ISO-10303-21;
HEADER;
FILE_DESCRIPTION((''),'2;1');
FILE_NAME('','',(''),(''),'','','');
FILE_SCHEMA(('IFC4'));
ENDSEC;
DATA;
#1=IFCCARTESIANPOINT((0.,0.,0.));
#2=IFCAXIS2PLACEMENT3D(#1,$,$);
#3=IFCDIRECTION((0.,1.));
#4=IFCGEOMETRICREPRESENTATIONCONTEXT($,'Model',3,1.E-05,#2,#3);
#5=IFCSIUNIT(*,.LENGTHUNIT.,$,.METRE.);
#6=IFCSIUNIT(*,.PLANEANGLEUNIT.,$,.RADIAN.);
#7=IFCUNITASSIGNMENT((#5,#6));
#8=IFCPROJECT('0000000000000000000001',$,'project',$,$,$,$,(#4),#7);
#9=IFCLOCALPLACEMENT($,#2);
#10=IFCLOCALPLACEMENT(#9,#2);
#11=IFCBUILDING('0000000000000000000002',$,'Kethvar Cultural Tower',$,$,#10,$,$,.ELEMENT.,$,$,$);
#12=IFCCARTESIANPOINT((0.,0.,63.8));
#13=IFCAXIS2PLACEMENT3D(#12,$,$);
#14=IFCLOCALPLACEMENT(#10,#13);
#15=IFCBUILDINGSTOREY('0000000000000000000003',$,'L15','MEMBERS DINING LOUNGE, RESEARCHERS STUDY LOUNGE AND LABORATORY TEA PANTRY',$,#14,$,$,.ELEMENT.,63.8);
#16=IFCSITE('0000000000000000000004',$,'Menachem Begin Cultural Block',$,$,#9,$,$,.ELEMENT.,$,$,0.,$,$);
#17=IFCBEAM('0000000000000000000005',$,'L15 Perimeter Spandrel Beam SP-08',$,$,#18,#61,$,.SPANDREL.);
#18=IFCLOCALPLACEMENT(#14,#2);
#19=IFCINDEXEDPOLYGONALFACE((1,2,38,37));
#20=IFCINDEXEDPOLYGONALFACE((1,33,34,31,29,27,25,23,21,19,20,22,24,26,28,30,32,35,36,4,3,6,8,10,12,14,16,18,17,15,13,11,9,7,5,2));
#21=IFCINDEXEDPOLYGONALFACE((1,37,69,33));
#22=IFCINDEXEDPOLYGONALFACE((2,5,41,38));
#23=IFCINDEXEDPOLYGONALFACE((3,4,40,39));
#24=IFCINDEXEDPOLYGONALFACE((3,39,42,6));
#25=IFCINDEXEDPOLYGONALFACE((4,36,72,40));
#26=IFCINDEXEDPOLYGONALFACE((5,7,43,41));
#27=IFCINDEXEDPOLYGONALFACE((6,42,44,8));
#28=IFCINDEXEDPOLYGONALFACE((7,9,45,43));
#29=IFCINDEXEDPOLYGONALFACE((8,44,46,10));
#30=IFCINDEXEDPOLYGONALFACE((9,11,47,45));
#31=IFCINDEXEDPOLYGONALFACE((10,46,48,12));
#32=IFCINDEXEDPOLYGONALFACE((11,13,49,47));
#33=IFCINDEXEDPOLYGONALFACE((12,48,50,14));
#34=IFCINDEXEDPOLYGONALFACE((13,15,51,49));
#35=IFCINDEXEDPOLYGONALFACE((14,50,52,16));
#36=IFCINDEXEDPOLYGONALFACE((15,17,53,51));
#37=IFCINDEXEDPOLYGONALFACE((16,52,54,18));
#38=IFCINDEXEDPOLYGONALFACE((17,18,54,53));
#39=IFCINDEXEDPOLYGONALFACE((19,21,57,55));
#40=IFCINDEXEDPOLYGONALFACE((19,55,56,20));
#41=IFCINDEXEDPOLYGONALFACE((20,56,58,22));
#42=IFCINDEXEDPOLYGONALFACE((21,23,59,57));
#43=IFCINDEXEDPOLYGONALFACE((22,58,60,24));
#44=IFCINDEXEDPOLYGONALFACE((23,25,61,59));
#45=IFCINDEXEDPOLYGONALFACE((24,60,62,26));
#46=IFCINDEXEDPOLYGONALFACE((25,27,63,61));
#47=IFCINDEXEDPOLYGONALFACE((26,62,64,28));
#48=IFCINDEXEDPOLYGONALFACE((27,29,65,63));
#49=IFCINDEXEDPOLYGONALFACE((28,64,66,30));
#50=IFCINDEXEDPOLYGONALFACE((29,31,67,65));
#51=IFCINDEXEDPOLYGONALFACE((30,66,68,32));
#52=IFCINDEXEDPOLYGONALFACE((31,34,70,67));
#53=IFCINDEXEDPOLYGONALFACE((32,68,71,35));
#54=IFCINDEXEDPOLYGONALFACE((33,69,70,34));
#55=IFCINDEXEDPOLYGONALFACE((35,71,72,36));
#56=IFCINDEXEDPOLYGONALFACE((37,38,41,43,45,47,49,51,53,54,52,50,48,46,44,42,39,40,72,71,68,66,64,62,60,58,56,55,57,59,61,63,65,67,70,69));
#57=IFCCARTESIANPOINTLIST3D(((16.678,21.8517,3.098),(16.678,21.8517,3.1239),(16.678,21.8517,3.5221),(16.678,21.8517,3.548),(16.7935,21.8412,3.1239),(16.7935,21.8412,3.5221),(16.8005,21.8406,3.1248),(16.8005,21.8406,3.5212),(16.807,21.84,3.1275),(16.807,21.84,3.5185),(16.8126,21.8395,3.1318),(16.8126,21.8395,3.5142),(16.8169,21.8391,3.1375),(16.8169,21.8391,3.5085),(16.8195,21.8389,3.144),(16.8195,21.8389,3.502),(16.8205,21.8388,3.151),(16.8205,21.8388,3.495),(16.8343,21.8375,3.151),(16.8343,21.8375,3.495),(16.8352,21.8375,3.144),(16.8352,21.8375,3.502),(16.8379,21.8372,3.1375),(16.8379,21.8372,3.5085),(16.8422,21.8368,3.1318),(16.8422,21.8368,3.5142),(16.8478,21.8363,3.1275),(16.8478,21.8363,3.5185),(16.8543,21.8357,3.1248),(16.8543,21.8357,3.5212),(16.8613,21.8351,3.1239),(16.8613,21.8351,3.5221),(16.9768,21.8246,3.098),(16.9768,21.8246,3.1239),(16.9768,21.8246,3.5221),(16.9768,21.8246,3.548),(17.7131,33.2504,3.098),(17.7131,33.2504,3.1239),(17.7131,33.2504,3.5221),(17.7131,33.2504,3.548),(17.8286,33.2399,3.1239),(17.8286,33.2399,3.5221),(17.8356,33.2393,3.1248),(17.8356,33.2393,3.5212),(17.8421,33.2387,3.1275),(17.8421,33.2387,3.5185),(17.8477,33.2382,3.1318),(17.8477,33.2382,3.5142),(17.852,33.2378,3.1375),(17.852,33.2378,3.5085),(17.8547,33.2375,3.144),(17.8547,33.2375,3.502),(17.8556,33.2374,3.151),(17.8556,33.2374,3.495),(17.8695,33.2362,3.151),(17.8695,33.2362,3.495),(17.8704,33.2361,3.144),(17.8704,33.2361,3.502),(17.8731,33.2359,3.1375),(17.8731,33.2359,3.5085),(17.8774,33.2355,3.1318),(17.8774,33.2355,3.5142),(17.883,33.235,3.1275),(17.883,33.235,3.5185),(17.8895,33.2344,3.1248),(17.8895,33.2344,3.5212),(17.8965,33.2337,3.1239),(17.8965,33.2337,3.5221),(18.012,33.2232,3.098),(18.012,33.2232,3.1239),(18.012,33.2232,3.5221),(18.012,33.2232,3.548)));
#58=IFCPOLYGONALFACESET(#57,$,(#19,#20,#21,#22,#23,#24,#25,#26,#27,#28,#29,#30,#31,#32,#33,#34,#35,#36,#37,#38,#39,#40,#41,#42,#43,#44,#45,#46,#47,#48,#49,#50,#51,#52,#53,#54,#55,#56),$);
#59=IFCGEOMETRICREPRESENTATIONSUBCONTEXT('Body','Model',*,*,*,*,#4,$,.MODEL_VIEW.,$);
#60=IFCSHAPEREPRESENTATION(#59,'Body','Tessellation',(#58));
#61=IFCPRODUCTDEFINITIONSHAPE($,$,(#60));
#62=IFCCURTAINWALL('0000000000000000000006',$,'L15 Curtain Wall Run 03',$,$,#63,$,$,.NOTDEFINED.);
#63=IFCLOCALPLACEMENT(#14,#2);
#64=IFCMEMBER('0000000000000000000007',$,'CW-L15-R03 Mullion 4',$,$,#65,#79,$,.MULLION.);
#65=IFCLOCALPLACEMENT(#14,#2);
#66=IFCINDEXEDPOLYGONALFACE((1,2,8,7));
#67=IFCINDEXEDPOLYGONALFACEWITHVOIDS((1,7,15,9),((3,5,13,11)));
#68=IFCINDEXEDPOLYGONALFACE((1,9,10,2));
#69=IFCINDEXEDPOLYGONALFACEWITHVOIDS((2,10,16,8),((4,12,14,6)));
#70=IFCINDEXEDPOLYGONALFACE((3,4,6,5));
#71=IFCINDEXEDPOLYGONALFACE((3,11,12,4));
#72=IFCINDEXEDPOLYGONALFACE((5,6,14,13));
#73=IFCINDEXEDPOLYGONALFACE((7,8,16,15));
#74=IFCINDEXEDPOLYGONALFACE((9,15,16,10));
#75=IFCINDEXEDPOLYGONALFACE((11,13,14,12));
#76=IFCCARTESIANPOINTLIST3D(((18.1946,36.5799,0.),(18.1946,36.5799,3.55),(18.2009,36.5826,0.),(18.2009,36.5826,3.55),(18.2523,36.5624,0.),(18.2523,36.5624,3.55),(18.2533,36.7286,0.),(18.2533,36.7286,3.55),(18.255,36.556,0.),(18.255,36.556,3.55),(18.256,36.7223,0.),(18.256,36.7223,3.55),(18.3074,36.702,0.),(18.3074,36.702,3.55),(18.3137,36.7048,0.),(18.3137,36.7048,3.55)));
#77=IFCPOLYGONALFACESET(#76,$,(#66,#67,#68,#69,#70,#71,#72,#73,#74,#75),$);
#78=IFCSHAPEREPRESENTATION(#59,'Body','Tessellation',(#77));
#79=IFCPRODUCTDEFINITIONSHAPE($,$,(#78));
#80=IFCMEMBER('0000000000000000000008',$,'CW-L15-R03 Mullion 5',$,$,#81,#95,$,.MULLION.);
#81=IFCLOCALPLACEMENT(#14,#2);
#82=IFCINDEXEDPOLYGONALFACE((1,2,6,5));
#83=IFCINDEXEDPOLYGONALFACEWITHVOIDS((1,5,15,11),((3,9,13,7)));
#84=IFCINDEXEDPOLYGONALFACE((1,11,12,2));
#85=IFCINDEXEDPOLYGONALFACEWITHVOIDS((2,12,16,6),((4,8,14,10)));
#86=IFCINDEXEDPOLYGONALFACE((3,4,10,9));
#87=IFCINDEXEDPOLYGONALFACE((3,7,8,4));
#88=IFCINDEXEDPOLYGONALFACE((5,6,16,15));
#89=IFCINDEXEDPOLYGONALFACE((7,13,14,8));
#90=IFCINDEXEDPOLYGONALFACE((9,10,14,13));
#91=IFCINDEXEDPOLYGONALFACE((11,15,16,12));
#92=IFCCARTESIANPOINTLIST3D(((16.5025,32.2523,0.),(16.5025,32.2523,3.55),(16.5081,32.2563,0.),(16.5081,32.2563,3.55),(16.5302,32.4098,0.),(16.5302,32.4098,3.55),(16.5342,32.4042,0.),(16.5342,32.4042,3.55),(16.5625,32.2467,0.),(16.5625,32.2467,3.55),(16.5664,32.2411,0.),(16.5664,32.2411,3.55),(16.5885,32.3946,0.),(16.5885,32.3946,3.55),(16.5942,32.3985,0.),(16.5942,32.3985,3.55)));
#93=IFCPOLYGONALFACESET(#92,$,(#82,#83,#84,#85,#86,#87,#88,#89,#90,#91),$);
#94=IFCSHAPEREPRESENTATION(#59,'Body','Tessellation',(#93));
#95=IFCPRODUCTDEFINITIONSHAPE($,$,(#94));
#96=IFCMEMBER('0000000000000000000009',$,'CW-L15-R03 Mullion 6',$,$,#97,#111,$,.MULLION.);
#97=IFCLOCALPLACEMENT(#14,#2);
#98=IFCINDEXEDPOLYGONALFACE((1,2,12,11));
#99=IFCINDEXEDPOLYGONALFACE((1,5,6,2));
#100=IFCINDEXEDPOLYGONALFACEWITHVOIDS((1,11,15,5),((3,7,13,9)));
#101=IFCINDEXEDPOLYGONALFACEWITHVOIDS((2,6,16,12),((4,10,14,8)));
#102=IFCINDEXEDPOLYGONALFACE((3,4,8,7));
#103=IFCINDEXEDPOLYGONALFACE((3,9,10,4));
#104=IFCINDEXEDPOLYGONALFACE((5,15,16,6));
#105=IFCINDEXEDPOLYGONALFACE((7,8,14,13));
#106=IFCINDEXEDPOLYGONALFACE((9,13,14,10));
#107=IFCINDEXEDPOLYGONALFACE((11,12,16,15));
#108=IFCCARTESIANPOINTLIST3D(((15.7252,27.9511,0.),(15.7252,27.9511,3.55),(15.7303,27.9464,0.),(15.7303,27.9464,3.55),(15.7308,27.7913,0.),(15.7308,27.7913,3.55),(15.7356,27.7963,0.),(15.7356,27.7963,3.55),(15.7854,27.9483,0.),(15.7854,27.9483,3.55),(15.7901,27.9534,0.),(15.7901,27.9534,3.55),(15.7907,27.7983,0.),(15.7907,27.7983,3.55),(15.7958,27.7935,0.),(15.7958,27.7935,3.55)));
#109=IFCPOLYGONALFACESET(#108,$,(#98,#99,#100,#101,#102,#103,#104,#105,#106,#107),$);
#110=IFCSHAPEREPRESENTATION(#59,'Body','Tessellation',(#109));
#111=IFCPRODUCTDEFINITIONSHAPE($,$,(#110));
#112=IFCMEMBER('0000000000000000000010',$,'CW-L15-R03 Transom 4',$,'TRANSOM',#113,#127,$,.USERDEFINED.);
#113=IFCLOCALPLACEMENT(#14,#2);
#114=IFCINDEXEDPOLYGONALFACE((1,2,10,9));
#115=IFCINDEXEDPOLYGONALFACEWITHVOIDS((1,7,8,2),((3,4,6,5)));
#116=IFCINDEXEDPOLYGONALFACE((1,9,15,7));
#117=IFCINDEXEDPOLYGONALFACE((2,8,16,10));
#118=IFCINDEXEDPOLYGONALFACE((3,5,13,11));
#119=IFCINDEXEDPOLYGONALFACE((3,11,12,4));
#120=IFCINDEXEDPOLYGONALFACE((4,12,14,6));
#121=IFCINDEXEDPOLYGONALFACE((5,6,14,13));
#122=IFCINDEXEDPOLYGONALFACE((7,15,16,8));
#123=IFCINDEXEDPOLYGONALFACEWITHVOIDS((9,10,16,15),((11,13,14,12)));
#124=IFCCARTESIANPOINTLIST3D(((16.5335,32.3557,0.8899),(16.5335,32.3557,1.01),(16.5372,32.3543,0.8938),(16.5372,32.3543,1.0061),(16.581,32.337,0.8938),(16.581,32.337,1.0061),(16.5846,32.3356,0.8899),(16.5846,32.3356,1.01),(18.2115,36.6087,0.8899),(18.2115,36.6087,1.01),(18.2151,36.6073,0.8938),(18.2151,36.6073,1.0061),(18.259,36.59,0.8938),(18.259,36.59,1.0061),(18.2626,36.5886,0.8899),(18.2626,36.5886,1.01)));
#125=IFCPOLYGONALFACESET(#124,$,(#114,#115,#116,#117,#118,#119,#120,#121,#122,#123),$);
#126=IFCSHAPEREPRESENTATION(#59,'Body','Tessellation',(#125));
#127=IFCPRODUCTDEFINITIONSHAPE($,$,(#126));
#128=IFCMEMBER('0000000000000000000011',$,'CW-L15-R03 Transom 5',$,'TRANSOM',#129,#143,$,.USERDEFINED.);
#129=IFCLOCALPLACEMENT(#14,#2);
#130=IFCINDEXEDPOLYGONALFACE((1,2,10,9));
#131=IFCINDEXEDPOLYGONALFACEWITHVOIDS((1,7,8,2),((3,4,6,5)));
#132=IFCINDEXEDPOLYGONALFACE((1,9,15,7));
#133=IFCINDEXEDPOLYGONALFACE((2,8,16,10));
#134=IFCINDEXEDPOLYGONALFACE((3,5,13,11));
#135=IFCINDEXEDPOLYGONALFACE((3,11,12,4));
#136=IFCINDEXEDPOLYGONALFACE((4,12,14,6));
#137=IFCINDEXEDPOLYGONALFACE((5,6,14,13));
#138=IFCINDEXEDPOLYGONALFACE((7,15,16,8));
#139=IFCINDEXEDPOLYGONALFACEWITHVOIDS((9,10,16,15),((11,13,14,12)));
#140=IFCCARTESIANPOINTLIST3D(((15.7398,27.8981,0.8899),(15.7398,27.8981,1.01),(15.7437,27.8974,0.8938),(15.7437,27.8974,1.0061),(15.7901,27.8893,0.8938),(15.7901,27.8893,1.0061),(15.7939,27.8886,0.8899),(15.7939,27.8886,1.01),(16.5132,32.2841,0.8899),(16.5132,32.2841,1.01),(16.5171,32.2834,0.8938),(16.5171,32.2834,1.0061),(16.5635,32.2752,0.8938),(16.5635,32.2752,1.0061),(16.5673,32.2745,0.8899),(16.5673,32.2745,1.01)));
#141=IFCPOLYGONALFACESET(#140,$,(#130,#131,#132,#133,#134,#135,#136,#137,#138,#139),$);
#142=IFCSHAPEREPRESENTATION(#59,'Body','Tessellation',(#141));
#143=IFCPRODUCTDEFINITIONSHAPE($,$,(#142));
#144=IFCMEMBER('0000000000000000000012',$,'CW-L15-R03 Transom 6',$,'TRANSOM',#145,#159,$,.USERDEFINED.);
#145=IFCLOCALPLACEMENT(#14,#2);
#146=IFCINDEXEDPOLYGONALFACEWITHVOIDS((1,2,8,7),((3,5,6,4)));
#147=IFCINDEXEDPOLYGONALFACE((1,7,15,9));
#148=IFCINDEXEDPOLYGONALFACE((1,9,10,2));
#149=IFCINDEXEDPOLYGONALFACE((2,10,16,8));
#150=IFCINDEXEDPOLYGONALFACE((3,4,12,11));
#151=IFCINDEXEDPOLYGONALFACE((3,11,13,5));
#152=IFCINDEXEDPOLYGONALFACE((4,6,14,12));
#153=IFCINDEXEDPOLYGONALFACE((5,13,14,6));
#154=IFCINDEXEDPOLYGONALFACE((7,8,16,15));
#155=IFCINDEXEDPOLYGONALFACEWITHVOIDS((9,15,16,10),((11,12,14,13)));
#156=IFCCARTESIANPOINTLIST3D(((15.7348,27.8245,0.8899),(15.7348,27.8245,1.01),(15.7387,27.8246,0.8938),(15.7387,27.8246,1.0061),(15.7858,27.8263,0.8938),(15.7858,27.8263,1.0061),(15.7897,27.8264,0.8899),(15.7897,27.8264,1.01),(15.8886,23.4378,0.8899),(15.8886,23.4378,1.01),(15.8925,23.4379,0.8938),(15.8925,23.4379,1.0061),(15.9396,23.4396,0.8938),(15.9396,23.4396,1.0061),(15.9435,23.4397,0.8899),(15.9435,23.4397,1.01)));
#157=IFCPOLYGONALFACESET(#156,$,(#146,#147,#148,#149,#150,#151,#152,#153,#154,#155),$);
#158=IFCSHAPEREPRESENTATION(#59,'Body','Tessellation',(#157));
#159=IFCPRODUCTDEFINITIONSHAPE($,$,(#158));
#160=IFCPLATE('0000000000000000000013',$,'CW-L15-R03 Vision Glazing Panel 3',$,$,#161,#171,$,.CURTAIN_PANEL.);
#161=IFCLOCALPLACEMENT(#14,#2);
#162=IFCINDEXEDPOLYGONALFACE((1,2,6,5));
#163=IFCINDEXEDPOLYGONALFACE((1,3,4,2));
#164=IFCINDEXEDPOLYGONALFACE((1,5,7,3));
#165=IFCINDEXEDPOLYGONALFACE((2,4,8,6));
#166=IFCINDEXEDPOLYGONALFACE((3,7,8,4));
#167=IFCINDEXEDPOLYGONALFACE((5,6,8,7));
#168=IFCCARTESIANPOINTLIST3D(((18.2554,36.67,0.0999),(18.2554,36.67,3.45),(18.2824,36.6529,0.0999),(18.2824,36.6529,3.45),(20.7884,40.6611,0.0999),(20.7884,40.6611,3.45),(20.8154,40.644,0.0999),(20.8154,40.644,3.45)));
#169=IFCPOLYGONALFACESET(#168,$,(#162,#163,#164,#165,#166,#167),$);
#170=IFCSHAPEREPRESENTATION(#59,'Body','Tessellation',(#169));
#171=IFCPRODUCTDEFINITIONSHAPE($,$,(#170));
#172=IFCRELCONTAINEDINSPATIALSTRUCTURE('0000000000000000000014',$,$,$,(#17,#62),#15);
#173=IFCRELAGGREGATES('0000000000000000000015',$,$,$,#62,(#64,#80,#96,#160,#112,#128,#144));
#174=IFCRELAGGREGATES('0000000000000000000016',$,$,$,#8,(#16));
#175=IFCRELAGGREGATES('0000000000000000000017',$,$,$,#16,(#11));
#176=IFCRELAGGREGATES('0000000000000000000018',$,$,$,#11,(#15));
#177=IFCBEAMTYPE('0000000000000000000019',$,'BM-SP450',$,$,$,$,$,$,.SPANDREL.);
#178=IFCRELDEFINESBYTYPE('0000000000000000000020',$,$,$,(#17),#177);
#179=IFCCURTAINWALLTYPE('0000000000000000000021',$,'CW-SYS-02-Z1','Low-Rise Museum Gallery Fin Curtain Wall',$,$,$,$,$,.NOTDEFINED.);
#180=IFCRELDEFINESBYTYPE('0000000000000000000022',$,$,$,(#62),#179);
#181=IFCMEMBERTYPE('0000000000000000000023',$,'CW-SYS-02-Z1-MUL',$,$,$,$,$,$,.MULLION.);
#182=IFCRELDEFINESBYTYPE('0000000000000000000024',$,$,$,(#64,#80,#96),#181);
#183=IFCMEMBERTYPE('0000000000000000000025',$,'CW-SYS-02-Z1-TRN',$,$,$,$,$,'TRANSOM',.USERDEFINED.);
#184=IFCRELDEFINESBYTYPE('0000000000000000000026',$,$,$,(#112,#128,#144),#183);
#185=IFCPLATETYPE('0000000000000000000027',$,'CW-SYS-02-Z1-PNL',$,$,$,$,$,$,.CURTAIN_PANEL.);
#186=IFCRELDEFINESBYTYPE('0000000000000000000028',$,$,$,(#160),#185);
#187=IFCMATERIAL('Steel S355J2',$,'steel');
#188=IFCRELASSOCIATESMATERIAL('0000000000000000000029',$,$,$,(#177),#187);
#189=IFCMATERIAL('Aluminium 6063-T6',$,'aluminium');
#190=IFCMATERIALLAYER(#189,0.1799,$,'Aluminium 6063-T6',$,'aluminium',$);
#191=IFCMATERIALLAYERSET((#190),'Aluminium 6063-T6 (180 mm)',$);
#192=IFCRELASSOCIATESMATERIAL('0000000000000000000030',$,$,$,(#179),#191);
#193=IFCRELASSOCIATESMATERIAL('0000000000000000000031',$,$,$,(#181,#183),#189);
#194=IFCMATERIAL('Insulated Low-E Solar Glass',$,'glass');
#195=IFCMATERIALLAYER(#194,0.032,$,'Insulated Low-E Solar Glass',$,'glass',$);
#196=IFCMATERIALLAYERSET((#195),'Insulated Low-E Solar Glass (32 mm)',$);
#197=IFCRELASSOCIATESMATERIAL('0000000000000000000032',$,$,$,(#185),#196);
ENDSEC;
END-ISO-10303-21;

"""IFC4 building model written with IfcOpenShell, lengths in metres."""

from ifc_helpers import new_model, si_unit, direction, frame, origin, origin_2d, place, context, subcontext, project, spatial, rectangle, hollow_rectangle, i_section, extrude, source, transform, mapped, material, layer, layer_set, material_profile, profile_set, type_object, element, aggregate, save


model = new_model("IFC4")

# Units and contexts
model_context = context("Model", 3, precision=1e-05, world=origin(), true_north=direction((0.0, 1.0)))
body_context = subcontext(model_context, "Body", "Model", "MODEL_VIEW")
ifc_project = project(units=[si_unit("LENGTHUNIT", "METRE"), si_unit("PLANEANGLEUNIT", "RADIAN")], contexts=[model_context])

# Site, building, storey
site_placement = place(None, origin())
site = spatial("IfcSite", under=ifc_project, at=site_placement, Name="Menachem Begin Cultural Block", CompositionType="ELEMENT", RefElevation=0.0)
building_placement = place(site_placement, origin())
building = spatial("IfcBuilding", under=site, at=building_placement, Name="Kethvar Cultural Tower", CompositionType="ELEMENT")
storey_placement = place(building_placement, frame((0.0, 0.0, 63.8)))
storey = spatial("IfcBuildingStorey", under=building, at=storey_placement, Name="L15", Description="MEMBERS DINING LOUNGE, RESEARCHERS STUDY LOUNGE AND LABORATORY TEA PANTRY", CompositionType="ELEMENT", Elevation=63.8)

# Beam
ifc_material_1 = material(Name="Steel S355J2", Category="steel")
ifc_material_profile_1 = material_profile(ifc_material_1, i_section(OverallWidth=0.3, OverallDepth=0.45, WebThickness=0.0139, FlangeThickness=0.0259, FilletRadius=0.0271, at=origin_2d()), Name="Steel S355J2 — HEB450")
ifc_profile_set_1 = profile_set([ifc_material_profile_1], Name="Steel S355J2 — HEB450")
beam_type_1 = type_object("IfcBeamType", Name="BM-SP450", PredefinedType="SPANDREL", material=ifc_profile_set_1)
shared_shape_1 = source(origin(), body_context, "Body", "SweptSolid", [
    extrude(i_section(OverallWidth=0.3, OverallDepth=0.45, WebThickness=0.0139, FlangeThickness=0.0259, FilletRadius=0.0271, at=origin_2d()), origin(), (0.0, 0.0, 1.0), 11.4456),
])
beam_1_placement = place(storey_placement, frame((17.8625, 33.2368, 3.323), z_axis=(-0.090442, -0.995902, 0.0), x_axis=(0.995902, -0.090442, 0.0)))
element("IfcBeam", 1, at=beam_1_placement, inside=storey, type_object=beam_type_1, Name="L15 Perimeter Spandrel Beam SP-08", PredefinedType="SPANDREL", context=body_context, shape_type="MappedRepresentation", body=[
    mapped(shared_shape_1, transform((0.0, 0.0, 0.0), scale=1.0)),
])

# Curtain wall, members, plate
ifc_material_2 = material(Name="Aluminium 6063-T6", Category="aluminium")
ifc_layer_1 = layer(ifc_material_2, 0.1799, Name="Aluminium 6063-T6", Category="aluminium")
ifc_layer_set_1 = layer_set([ifc_layer_1], Name="Aluminium 6063-T6 (180 mm)")
curtain_wall_type = type_object("IfcCurtainWallType", Name="CW-SYS-02-Z1", Description="Low-Rise Museum Gallery Fin Curtain Wall", PredefinedType="NOTDEFINED", material=ifc_layer_set_1)
curtain_wall_placement = place(storey_placement, origin())
curtain_wall = element("IfcCurtainWall", 2, at=curtain_wall_placement, inside=storey, type_object=curtain_wall_type, Name="L15 Curtain Wall Run 03", PredefinedType="NOTDEFINED")
ifc_material_profile_2 = material_profile(ifc_material_2, hollow_rectangle(XDim=0.0649, YDim=0.1599, WallThickness=0.0049, at=origin_2d()), Name="Aluminium 6063-T6 — RHS160x65x5")
ifc_profile_set_2 = profile_set([ifc_material_profile_2], Name="Aluminium 6063-T6 — RHS160x65x5")
member_type_1 = type_object("IfcMemberType", Name="CW-SYS-02-Z1-MUL", PredefinedType="MULLION", material=ifc_profile_set_2)
shared_shape_2 = source(origin(), body_context, "Body", "SweptSolid", [
    extrude(hollow_rectangle(XDim=0.0649, YDim=0.1599, WallThickness=0.0049, at=origin_2d()), origin(), (0.0, 0.0, 1.0), 3.55),
])
member_1_placement = place(storey_placement, frame((18.2542, 36.6423, 0.0), z_axis=(0.0, 0.0, 1.0), x_axis=(0.930213, -0.367021, 0.0)))
member_1 = element("IfcMember", 3, at=member_1_placement, type_object=member_type_1, Name="CW-L15-R03 Mullion 4", PredefinedType="MULLION", context=body_context, shape_type="MappedRepresentation", body=[
    mapped(shared_shape_2, transform((0.0, 0.0, 0.0), scale=1.0)),
])
member_2_placement = place(storey_placement, frame((16.5483, 32.3254, 0.0), z_axis=(0.0, 0.0, 1.0), x_axis=(0.984805, -0.173665, 0.0)))
member_2 = element("IfcMember", 4, at=member_2_placement, type_object=member_type_1, Name="CW-L15-R03 Mullion 5", PredefinedType="MULLION", context=body_context, shape_type="MappedRepresentation", body=[
    mapped(shared_shape_2, transform((0.0, 0.0, 0.0), scale=1.0)),
])
member_3_placement = place(storey_placement, frame((15.7605, 27.8723, 0.0), z_axis=(0.0, 0.0, 1.0), x_axis=(0.999386, 0.035039, 0.0)))
member_3 = element("IfcMember", 5, at=member_3_placement, type_object=member_type_1, Name="CW-L15-R03 Mullion 6", PredefinedType="MULLION", context=body_context, shape_type="MappedRepresentation", body=[
    mapped(shared_shape_2, transform((0.0, 0.0, 0.0), scale=1.0)),
])
ifc_material_profile_3 = material_profile(ifc_material_2, hollow_rectangle(XDim=0.0549, YDim=0.1201, WallThickness=0.0039, at=origin_2d()), Name="Aluminium 6063-T6 — RHS120x55x4")
ifc_profile_set_3 = profile_set([ifc_material_profile_3], Name="Aluminium 6063-T6 — RHS120x55x4")
member_type_2 = type_object("IfcMemberType", Name="CW-SYS-02-Z1-TRN", ElementType="TRANSOM", PredefinedType="USERDEFINED", material=ifc_profile_set_3)
shared_shape_3 = source(origin(), body_context, "Body", "SweptSolid", [
    extrude(hollow_rectangle(XDim=0.0549, YDim=0.1201, WallThickness=0.0039, at=origin_2d()), origin(), (0.0, 0.0, 1.0), 4.572),
])
member_4_placement = place(storey_placement, frame((18.2371, 36.5986, 0.95), z_axis=(-0.367013, -0.930216, 0.0), x_axis=(0.930216, -0.367013, 0.0)))
member_4 = element("IfcMember", 6, at=member_4_placement, type_object=member_type_2, Name="CW-L15-R03 Transom 4", ObjectType="TRANSOM", PredefinedType="USERDEFINED", context=body_context, shape_type="MappedRepresentation", body=[
    mapped(shared_shape_3, transform((0.0, 0.0, 0.0), scale=1.0)),
])
shared_shape_4 = source(origin(), body_context, "Body", "SweptSolid", [
    extrude(hollow_rectangle(XDim=0.0549, YDim=0.1201, WallThickness=0.0039, at=origin_2d()), origin(), (0.0, 0.0, 1.0), 4.4536),
])
member_5_placement = place(storey_placement, frame((16.5403, 32.2793, 0.95), z_axis=(-0.173663, -0.984805, 0.0), x_axis=(0.984805, -0.173663, 0.0)))
member_5 = element("IfcMember", 7, at=member_5_placement, type_object=member_type_2, Name="CW-L15-R03 Transom 5", ObjectType="TRANSOM", PredefinedType="USERDEFINED", context=body_context, shape_type="MappedRepresentation", body=[
    mapped(shared_shape_4, transform((0.0, 0.0, 0.0), scale=1.0)),
])
shared_shape_5 = source(origin(), body_context, "Body", "SweptSolid", [
    extrude(hollow_rectangle(XDim=0.0549, YDim=0.1201, WallThickness=0.0039, at=origin_2d()), origin(), (0.0, 0.0, 1.0), 4.3894),
])
member_6_placement = place(storey_placement, frame((15.7622, 27.8254, 0.95), z_axis=(0.035041, -0.999386, 0.0), x_axis=(0.999386, 0.035041, 0.0)))
member_6 = element("IfcMember", 8, at=member_6_placement, type_object=member_type_2, Name="CW-L15-R03 Transom 6", ObjectType="TRANSOM", PredefinedType="USERDEFINED", context=body_context, shape_type="MappedRepresentation", body=[
    mapped(shared_shape_5, transform((0.0, 0.0, 0.0), scale=1.0)),
])
ifc_material_3 = material(Name="Insulated Low-E Solar Glass", Category="glass")
ifc_layer_2 = layer(ifc_material_3, 0.032, Name="Insulated Low-E Solar Glass", Category="glass")
ifc_layer_set_2 = layer_set([ifc_layer_2], Name="Insulated Low-E Solar Glass (32 mm)")
plate_type = type_object("IfcPlateType", Name="CW-SYS-02-Z1-PNL", PredefinedType="CURTAIN_PANEL", material=ifc_layer_set_2)
shared_shape_6 = source(origin(), body_context, "Body", "SweptSolid", [
    extrude(rectangle(XDim=4.7271, YDim=0.032, at=origin_2d()), origin(), (0.0, 0.0, 1.0), 3.3501),
])
plate_1_placement = place(storey_placement, frame((19.5354, 38.657, 0.0999), z_axis=(0.0, 0.0, 1.0), x_axis=(-0.535856, -0.844309, 0.0)))
plate_1 = element("IfcPlate", 9, at=plate_1_placement, type_object=plate_type, Name="CW-L15-R03 Vision Glazing Panel 3", PredefinedType="CURTAIN_PANEL", context=body_context, shape_type="MappedRepresentation", body=[
    mapped(shared_shape_6, transform((0.0, 0.0, 0.0), scale=1.0)),
])
aggregate(curtain_wall, [member_1, member_2, member_3, plate_1, member_4, member_5, member_6])

save(model, "model.ifc")
